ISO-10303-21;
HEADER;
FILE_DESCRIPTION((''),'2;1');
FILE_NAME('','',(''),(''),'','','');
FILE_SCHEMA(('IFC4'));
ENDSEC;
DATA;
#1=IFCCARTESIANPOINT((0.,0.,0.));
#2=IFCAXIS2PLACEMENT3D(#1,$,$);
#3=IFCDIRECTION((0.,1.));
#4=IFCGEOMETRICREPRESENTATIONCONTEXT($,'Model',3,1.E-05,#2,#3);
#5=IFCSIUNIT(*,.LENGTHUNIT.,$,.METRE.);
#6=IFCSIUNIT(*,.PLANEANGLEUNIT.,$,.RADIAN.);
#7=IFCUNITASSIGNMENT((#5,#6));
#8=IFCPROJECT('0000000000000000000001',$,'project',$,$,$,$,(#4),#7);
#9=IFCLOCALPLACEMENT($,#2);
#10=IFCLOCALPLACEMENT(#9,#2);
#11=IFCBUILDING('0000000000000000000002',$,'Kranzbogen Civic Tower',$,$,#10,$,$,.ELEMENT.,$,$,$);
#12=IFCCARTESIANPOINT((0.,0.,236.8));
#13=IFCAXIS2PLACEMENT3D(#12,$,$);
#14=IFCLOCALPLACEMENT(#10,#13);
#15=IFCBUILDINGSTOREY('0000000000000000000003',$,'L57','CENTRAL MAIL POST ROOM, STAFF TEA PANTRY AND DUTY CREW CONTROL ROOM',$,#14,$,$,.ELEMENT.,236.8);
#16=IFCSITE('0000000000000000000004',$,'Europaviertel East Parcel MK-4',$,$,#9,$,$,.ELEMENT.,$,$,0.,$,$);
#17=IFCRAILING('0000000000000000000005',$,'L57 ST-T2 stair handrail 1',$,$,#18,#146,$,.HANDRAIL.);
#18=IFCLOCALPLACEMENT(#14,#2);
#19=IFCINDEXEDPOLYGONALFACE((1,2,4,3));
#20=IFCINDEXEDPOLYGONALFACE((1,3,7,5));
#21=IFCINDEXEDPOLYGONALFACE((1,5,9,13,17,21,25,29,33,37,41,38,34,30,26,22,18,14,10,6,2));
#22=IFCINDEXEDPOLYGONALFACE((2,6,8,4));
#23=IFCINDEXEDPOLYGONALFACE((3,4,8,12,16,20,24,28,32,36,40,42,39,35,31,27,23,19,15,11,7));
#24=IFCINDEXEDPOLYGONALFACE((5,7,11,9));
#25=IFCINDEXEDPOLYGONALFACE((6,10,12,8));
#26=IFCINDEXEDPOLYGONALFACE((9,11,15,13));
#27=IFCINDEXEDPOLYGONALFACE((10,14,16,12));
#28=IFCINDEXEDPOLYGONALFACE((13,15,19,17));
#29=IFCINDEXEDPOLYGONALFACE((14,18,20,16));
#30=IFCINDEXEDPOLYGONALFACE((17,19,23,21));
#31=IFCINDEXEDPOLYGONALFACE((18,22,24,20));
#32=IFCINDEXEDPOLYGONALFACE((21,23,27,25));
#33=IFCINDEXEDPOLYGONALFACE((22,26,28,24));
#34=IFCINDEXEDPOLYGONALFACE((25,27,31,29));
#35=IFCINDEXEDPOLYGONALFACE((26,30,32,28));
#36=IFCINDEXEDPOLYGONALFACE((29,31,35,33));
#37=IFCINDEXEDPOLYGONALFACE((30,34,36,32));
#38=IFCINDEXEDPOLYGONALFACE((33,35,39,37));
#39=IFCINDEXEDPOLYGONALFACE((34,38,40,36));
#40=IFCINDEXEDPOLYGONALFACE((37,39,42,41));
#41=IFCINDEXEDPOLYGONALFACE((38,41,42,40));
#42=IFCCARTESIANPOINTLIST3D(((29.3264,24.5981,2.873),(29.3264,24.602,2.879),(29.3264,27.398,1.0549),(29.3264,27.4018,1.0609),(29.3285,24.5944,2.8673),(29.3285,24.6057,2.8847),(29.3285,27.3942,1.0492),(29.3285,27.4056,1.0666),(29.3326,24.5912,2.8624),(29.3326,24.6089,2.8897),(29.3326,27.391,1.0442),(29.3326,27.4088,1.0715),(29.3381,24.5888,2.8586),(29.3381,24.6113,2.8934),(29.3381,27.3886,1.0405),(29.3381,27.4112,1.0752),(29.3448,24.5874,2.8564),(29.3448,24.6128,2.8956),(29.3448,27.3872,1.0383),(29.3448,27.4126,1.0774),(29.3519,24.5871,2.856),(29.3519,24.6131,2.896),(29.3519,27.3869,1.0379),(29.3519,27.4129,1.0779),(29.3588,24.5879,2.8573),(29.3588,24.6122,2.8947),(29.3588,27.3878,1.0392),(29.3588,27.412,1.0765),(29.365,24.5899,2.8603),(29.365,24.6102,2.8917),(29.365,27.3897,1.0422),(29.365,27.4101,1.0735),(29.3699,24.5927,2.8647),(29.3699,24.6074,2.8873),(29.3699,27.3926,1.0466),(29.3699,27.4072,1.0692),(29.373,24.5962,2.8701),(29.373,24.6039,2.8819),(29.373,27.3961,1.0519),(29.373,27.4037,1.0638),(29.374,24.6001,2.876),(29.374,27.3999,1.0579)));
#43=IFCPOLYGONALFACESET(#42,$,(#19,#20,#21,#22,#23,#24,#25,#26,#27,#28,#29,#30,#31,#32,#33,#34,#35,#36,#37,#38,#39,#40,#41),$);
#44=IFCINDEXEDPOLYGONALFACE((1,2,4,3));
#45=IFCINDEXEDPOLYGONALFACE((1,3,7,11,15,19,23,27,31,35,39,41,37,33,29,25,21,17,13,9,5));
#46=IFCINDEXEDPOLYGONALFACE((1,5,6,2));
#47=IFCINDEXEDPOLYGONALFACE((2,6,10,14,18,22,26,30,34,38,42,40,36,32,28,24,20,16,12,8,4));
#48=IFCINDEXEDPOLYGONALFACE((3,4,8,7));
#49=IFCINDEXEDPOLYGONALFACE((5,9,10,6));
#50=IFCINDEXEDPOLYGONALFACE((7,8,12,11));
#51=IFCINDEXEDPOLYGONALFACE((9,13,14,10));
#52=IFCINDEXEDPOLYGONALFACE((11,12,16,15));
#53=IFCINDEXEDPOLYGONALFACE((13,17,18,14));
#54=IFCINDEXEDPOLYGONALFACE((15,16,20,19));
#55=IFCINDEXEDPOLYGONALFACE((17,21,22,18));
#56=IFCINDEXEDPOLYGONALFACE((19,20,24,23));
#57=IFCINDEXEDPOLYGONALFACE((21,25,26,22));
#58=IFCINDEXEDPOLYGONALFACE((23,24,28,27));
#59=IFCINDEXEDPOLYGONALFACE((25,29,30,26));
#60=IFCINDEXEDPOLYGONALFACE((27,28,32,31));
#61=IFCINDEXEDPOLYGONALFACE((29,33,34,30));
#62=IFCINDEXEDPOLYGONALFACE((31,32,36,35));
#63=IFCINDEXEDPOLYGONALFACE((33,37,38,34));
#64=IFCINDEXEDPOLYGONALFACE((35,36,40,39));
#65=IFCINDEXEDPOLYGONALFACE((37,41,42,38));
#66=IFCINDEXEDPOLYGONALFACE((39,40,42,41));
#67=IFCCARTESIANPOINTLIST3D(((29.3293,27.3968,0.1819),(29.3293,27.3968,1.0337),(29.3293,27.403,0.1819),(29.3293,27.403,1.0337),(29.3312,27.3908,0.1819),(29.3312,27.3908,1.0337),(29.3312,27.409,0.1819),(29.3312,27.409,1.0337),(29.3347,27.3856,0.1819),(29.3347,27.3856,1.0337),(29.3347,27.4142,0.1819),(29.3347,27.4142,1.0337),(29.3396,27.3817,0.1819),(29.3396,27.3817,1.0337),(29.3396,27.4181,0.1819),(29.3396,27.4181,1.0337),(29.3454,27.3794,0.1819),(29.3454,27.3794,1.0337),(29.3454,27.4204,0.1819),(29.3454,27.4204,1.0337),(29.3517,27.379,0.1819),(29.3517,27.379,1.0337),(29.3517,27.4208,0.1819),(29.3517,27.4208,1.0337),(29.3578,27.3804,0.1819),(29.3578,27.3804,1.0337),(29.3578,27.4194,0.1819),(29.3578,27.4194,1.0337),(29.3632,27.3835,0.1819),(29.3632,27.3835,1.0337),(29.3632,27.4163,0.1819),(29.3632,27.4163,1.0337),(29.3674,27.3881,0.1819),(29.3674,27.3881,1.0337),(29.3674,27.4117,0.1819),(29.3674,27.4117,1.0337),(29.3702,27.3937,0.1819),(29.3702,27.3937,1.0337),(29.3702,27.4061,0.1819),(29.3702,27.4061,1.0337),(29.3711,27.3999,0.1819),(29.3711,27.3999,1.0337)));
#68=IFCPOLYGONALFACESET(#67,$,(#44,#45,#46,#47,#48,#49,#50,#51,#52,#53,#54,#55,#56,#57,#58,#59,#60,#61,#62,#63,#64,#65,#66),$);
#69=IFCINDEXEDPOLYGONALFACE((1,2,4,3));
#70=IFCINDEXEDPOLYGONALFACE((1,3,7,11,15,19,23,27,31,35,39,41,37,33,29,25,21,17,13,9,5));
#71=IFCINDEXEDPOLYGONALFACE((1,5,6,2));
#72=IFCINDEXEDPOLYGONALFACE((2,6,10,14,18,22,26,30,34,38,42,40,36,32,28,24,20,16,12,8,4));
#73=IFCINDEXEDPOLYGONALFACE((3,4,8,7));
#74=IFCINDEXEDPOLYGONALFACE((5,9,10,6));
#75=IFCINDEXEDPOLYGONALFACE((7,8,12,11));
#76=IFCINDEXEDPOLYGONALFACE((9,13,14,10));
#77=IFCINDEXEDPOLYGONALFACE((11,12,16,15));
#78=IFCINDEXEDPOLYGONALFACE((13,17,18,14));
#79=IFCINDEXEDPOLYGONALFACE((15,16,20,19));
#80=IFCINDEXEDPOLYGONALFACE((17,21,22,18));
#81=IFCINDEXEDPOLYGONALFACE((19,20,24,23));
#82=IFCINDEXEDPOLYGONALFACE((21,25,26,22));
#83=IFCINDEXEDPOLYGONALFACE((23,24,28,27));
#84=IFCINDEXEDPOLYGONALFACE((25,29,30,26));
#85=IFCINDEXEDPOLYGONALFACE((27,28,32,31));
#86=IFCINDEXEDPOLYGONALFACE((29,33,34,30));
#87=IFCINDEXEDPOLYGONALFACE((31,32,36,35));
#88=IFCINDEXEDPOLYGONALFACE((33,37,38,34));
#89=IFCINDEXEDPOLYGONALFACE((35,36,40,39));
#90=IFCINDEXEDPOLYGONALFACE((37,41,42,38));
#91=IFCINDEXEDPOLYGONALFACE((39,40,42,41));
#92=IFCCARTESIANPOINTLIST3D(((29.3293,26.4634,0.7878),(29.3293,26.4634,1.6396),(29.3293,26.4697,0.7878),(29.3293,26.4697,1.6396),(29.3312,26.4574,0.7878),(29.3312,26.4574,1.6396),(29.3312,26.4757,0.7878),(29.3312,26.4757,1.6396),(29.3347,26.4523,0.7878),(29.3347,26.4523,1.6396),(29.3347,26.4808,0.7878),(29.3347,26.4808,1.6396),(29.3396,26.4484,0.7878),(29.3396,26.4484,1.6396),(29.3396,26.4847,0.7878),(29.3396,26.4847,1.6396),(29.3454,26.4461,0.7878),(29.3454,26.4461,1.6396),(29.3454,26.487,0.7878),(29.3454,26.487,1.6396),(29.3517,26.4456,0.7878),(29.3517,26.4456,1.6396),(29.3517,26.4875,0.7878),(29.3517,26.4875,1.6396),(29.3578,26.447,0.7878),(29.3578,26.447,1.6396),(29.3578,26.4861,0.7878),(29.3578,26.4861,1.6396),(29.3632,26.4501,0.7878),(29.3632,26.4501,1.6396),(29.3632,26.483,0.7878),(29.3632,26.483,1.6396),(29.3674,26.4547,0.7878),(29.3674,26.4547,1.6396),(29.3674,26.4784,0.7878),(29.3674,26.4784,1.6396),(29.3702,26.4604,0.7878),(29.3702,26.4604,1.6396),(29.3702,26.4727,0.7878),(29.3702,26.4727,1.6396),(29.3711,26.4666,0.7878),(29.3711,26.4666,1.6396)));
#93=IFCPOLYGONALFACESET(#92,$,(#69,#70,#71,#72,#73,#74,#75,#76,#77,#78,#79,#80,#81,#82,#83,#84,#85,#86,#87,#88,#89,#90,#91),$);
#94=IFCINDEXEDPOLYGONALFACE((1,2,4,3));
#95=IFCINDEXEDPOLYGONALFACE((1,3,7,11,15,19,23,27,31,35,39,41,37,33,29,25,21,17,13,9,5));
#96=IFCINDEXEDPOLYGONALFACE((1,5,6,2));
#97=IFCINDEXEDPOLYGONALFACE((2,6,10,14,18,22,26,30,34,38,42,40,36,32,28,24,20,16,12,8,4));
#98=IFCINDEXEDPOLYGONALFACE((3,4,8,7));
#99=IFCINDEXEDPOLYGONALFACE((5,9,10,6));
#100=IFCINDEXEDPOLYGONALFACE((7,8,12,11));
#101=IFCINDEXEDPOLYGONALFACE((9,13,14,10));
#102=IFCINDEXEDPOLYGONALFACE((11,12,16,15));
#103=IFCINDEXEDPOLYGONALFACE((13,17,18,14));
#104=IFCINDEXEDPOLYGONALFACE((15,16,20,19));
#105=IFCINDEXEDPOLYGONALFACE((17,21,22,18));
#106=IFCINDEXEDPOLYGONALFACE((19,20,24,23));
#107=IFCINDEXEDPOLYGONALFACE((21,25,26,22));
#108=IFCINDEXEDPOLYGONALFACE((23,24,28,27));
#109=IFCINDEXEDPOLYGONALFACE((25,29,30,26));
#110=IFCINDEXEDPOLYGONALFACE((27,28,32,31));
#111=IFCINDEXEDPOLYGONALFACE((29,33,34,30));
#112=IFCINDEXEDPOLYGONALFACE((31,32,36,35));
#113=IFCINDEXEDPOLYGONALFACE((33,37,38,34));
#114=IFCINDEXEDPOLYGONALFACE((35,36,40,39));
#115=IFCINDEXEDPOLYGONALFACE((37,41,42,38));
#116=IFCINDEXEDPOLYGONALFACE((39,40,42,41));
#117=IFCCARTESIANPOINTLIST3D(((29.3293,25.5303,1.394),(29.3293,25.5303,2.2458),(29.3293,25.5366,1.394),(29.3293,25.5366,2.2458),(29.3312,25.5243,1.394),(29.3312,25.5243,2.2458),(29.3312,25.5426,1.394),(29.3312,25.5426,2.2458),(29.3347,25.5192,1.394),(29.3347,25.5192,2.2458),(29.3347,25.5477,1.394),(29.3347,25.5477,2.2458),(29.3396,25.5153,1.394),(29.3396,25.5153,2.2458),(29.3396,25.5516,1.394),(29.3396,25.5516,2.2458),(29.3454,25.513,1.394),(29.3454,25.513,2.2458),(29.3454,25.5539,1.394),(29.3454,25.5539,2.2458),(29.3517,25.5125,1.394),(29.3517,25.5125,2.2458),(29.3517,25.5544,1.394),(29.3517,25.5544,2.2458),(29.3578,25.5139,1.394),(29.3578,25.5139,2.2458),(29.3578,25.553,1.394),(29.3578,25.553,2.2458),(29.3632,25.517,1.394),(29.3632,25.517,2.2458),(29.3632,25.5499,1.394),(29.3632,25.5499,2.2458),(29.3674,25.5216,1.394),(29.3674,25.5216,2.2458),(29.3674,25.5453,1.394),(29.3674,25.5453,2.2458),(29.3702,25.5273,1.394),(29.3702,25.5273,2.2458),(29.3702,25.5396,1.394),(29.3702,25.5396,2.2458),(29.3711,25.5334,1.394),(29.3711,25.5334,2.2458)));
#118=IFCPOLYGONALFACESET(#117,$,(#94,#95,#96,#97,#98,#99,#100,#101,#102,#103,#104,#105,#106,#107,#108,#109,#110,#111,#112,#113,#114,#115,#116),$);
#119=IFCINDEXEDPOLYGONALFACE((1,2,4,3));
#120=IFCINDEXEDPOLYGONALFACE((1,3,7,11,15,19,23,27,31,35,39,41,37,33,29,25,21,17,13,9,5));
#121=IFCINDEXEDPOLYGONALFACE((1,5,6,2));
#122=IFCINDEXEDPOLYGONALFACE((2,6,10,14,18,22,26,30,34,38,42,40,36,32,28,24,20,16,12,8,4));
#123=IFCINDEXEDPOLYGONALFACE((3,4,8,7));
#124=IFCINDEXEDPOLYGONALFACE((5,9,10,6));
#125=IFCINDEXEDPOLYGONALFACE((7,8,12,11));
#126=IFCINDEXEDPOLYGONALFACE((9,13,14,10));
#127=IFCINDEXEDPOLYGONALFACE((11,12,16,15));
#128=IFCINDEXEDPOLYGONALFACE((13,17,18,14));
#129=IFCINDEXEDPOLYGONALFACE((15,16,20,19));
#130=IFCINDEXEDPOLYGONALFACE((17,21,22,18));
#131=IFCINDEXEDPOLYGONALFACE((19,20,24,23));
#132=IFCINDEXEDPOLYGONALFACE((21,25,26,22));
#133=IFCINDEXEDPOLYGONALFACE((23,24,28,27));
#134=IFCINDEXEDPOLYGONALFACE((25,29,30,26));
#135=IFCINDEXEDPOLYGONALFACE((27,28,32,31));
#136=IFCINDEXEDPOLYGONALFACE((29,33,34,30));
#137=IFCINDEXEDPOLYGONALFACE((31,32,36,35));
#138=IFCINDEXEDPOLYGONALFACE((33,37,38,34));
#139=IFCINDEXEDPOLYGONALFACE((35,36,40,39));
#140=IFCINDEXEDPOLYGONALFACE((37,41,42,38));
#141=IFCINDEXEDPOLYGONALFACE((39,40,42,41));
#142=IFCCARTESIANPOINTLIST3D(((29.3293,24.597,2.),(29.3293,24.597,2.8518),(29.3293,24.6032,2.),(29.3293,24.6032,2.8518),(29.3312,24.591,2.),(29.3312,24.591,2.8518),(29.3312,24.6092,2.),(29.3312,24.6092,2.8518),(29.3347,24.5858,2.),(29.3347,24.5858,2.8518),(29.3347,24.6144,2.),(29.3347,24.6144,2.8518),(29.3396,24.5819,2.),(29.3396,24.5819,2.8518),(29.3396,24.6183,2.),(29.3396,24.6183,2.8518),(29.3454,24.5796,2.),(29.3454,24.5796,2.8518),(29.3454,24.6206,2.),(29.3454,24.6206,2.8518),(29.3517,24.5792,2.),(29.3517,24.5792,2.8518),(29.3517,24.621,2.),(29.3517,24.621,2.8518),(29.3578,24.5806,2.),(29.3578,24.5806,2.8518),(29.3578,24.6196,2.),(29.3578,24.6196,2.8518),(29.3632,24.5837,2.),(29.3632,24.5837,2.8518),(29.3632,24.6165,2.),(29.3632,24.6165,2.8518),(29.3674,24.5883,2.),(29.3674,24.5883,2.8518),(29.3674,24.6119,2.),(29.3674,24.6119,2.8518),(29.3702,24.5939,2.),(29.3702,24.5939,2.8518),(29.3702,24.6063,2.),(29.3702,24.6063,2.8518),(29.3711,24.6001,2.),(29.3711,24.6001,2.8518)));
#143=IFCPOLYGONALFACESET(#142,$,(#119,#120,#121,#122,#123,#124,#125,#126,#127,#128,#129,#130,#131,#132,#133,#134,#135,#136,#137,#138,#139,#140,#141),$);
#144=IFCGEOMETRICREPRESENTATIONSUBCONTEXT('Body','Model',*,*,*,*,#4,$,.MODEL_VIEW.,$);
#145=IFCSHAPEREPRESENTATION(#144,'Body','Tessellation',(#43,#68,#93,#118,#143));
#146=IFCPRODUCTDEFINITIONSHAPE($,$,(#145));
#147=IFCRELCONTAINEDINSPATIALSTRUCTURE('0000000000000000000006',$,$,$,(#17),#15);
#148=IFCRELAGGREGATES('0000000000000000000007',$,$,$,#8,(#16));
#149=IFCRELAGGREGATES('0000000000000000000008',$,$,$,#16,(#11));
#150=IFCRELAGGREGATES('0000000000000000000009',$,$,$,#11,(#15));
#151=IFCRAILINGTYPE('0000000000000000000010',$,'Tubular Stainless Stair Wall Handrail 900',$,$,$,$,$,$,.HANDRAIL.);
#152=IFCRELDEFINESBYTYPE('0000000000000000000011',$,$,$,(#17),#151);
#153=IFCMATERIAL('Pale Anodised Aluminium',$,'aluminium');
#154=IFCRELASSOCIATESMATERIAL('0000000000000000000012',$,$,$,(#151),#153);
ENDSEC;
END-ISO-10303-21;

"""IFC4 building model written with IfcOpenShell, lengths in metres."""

from ifc_helpers import new_model, si_unit, direction, frame, origin, origin_2d, place, context, subcontext, project, spatial, circle, extrude, material, type_object, element, save


model = new_model("IFC4")

# Units and contexts
model_context = context("Model", 3, precision=1e-05, world=origin(), true_north=direction((0.0, 1.0)))
body_context = subcontext(model_context, "Body", "Model", "MODEL_VIEW")
ifc_project = project(units=[si_unit("LENGTHUNIT", "METRE"), si_unit("PLANEANGLEUNIT", "RADIAN")], contexts=[model_context])

# Site, building, storey
site_placement = place(None, origin())
site = spatial("IfcSite", under=ifc_project, at=site_placement, Name="Europaviertel East Parcel MK-4", CompositionType="ELEMENT", RefElevation=0.0)
building_placement = place(site_placement, origin())
building = spatial("IfcBuilding", under=site, at=building_placement, Name="Kranzbogen Civic Tower", CompositionType="ELEMENT")
storey_placement = place(building_placement, frame((0.0, 0.0, 236.8)))
storey = spatial("IfcBuildingStorey", under=building, at=storey_placement, Name="L57", Description="CENTRAL MAIL POST ROOM, STAFF TEA PANTRY AND DUTY CREW CONTROL ROOM", CompositionType="ELEMENT", Elevation=236.8)

# Shared definitions
ifc_material_1 = material(Name="Pale Anodised Aluminium", Category="aluminium")

# Railing
railing_type = type_object("IfcRailingType", Name="Tubular Stainless Stair Wall Handrail 900", PredefinedType="HANDRAIL", material=ifc_material_1)
railing_placement = place(storey_placement, frame((29.3501, 27.3999, 0.1819)))
element("IfcRailing", 1, at=railing_placement, inside=storey, type_object=railing_type, Name="L57 ST-T2 stair handrail 1", PredefinedType="HANDRAIL", context=body_context, shape_type="SweptSolid", body=[
    extrude(circle(Radius=0.0239, at=origin_2d()), frame((0.0, 0.0, 0.876), z_axis=(0.0, -0.838684, 0.544618), x_axis=(1.0, 0.0, 0.0)), (0.0, 0.0, 1.0), 3.3384),
    extrude(circle(Radius=0.021, at=origin_2d()), origin(), (0.0, 0.0, 1.0), 0.8518),
    extrude(circle(Radius=0.021, at=origin_2d()), frame((0.0, -0.9333, 0.606)), (0.0, 0.0, 1.0), 0.8518),
    extrude(circle(Radius=0.021, at=origin_2d()), frame((0.0, -1.8665, 1.2122)), (0.0, 0.0, 1.0), 0.8518),
    extrude(circle(Radius=0.021, at=origin_2d()), frame((0.0, -2.7998, 1.8181)), (0.0, 0.0, 1.0), 0.8518),
])

save(model, "model.ifc")
